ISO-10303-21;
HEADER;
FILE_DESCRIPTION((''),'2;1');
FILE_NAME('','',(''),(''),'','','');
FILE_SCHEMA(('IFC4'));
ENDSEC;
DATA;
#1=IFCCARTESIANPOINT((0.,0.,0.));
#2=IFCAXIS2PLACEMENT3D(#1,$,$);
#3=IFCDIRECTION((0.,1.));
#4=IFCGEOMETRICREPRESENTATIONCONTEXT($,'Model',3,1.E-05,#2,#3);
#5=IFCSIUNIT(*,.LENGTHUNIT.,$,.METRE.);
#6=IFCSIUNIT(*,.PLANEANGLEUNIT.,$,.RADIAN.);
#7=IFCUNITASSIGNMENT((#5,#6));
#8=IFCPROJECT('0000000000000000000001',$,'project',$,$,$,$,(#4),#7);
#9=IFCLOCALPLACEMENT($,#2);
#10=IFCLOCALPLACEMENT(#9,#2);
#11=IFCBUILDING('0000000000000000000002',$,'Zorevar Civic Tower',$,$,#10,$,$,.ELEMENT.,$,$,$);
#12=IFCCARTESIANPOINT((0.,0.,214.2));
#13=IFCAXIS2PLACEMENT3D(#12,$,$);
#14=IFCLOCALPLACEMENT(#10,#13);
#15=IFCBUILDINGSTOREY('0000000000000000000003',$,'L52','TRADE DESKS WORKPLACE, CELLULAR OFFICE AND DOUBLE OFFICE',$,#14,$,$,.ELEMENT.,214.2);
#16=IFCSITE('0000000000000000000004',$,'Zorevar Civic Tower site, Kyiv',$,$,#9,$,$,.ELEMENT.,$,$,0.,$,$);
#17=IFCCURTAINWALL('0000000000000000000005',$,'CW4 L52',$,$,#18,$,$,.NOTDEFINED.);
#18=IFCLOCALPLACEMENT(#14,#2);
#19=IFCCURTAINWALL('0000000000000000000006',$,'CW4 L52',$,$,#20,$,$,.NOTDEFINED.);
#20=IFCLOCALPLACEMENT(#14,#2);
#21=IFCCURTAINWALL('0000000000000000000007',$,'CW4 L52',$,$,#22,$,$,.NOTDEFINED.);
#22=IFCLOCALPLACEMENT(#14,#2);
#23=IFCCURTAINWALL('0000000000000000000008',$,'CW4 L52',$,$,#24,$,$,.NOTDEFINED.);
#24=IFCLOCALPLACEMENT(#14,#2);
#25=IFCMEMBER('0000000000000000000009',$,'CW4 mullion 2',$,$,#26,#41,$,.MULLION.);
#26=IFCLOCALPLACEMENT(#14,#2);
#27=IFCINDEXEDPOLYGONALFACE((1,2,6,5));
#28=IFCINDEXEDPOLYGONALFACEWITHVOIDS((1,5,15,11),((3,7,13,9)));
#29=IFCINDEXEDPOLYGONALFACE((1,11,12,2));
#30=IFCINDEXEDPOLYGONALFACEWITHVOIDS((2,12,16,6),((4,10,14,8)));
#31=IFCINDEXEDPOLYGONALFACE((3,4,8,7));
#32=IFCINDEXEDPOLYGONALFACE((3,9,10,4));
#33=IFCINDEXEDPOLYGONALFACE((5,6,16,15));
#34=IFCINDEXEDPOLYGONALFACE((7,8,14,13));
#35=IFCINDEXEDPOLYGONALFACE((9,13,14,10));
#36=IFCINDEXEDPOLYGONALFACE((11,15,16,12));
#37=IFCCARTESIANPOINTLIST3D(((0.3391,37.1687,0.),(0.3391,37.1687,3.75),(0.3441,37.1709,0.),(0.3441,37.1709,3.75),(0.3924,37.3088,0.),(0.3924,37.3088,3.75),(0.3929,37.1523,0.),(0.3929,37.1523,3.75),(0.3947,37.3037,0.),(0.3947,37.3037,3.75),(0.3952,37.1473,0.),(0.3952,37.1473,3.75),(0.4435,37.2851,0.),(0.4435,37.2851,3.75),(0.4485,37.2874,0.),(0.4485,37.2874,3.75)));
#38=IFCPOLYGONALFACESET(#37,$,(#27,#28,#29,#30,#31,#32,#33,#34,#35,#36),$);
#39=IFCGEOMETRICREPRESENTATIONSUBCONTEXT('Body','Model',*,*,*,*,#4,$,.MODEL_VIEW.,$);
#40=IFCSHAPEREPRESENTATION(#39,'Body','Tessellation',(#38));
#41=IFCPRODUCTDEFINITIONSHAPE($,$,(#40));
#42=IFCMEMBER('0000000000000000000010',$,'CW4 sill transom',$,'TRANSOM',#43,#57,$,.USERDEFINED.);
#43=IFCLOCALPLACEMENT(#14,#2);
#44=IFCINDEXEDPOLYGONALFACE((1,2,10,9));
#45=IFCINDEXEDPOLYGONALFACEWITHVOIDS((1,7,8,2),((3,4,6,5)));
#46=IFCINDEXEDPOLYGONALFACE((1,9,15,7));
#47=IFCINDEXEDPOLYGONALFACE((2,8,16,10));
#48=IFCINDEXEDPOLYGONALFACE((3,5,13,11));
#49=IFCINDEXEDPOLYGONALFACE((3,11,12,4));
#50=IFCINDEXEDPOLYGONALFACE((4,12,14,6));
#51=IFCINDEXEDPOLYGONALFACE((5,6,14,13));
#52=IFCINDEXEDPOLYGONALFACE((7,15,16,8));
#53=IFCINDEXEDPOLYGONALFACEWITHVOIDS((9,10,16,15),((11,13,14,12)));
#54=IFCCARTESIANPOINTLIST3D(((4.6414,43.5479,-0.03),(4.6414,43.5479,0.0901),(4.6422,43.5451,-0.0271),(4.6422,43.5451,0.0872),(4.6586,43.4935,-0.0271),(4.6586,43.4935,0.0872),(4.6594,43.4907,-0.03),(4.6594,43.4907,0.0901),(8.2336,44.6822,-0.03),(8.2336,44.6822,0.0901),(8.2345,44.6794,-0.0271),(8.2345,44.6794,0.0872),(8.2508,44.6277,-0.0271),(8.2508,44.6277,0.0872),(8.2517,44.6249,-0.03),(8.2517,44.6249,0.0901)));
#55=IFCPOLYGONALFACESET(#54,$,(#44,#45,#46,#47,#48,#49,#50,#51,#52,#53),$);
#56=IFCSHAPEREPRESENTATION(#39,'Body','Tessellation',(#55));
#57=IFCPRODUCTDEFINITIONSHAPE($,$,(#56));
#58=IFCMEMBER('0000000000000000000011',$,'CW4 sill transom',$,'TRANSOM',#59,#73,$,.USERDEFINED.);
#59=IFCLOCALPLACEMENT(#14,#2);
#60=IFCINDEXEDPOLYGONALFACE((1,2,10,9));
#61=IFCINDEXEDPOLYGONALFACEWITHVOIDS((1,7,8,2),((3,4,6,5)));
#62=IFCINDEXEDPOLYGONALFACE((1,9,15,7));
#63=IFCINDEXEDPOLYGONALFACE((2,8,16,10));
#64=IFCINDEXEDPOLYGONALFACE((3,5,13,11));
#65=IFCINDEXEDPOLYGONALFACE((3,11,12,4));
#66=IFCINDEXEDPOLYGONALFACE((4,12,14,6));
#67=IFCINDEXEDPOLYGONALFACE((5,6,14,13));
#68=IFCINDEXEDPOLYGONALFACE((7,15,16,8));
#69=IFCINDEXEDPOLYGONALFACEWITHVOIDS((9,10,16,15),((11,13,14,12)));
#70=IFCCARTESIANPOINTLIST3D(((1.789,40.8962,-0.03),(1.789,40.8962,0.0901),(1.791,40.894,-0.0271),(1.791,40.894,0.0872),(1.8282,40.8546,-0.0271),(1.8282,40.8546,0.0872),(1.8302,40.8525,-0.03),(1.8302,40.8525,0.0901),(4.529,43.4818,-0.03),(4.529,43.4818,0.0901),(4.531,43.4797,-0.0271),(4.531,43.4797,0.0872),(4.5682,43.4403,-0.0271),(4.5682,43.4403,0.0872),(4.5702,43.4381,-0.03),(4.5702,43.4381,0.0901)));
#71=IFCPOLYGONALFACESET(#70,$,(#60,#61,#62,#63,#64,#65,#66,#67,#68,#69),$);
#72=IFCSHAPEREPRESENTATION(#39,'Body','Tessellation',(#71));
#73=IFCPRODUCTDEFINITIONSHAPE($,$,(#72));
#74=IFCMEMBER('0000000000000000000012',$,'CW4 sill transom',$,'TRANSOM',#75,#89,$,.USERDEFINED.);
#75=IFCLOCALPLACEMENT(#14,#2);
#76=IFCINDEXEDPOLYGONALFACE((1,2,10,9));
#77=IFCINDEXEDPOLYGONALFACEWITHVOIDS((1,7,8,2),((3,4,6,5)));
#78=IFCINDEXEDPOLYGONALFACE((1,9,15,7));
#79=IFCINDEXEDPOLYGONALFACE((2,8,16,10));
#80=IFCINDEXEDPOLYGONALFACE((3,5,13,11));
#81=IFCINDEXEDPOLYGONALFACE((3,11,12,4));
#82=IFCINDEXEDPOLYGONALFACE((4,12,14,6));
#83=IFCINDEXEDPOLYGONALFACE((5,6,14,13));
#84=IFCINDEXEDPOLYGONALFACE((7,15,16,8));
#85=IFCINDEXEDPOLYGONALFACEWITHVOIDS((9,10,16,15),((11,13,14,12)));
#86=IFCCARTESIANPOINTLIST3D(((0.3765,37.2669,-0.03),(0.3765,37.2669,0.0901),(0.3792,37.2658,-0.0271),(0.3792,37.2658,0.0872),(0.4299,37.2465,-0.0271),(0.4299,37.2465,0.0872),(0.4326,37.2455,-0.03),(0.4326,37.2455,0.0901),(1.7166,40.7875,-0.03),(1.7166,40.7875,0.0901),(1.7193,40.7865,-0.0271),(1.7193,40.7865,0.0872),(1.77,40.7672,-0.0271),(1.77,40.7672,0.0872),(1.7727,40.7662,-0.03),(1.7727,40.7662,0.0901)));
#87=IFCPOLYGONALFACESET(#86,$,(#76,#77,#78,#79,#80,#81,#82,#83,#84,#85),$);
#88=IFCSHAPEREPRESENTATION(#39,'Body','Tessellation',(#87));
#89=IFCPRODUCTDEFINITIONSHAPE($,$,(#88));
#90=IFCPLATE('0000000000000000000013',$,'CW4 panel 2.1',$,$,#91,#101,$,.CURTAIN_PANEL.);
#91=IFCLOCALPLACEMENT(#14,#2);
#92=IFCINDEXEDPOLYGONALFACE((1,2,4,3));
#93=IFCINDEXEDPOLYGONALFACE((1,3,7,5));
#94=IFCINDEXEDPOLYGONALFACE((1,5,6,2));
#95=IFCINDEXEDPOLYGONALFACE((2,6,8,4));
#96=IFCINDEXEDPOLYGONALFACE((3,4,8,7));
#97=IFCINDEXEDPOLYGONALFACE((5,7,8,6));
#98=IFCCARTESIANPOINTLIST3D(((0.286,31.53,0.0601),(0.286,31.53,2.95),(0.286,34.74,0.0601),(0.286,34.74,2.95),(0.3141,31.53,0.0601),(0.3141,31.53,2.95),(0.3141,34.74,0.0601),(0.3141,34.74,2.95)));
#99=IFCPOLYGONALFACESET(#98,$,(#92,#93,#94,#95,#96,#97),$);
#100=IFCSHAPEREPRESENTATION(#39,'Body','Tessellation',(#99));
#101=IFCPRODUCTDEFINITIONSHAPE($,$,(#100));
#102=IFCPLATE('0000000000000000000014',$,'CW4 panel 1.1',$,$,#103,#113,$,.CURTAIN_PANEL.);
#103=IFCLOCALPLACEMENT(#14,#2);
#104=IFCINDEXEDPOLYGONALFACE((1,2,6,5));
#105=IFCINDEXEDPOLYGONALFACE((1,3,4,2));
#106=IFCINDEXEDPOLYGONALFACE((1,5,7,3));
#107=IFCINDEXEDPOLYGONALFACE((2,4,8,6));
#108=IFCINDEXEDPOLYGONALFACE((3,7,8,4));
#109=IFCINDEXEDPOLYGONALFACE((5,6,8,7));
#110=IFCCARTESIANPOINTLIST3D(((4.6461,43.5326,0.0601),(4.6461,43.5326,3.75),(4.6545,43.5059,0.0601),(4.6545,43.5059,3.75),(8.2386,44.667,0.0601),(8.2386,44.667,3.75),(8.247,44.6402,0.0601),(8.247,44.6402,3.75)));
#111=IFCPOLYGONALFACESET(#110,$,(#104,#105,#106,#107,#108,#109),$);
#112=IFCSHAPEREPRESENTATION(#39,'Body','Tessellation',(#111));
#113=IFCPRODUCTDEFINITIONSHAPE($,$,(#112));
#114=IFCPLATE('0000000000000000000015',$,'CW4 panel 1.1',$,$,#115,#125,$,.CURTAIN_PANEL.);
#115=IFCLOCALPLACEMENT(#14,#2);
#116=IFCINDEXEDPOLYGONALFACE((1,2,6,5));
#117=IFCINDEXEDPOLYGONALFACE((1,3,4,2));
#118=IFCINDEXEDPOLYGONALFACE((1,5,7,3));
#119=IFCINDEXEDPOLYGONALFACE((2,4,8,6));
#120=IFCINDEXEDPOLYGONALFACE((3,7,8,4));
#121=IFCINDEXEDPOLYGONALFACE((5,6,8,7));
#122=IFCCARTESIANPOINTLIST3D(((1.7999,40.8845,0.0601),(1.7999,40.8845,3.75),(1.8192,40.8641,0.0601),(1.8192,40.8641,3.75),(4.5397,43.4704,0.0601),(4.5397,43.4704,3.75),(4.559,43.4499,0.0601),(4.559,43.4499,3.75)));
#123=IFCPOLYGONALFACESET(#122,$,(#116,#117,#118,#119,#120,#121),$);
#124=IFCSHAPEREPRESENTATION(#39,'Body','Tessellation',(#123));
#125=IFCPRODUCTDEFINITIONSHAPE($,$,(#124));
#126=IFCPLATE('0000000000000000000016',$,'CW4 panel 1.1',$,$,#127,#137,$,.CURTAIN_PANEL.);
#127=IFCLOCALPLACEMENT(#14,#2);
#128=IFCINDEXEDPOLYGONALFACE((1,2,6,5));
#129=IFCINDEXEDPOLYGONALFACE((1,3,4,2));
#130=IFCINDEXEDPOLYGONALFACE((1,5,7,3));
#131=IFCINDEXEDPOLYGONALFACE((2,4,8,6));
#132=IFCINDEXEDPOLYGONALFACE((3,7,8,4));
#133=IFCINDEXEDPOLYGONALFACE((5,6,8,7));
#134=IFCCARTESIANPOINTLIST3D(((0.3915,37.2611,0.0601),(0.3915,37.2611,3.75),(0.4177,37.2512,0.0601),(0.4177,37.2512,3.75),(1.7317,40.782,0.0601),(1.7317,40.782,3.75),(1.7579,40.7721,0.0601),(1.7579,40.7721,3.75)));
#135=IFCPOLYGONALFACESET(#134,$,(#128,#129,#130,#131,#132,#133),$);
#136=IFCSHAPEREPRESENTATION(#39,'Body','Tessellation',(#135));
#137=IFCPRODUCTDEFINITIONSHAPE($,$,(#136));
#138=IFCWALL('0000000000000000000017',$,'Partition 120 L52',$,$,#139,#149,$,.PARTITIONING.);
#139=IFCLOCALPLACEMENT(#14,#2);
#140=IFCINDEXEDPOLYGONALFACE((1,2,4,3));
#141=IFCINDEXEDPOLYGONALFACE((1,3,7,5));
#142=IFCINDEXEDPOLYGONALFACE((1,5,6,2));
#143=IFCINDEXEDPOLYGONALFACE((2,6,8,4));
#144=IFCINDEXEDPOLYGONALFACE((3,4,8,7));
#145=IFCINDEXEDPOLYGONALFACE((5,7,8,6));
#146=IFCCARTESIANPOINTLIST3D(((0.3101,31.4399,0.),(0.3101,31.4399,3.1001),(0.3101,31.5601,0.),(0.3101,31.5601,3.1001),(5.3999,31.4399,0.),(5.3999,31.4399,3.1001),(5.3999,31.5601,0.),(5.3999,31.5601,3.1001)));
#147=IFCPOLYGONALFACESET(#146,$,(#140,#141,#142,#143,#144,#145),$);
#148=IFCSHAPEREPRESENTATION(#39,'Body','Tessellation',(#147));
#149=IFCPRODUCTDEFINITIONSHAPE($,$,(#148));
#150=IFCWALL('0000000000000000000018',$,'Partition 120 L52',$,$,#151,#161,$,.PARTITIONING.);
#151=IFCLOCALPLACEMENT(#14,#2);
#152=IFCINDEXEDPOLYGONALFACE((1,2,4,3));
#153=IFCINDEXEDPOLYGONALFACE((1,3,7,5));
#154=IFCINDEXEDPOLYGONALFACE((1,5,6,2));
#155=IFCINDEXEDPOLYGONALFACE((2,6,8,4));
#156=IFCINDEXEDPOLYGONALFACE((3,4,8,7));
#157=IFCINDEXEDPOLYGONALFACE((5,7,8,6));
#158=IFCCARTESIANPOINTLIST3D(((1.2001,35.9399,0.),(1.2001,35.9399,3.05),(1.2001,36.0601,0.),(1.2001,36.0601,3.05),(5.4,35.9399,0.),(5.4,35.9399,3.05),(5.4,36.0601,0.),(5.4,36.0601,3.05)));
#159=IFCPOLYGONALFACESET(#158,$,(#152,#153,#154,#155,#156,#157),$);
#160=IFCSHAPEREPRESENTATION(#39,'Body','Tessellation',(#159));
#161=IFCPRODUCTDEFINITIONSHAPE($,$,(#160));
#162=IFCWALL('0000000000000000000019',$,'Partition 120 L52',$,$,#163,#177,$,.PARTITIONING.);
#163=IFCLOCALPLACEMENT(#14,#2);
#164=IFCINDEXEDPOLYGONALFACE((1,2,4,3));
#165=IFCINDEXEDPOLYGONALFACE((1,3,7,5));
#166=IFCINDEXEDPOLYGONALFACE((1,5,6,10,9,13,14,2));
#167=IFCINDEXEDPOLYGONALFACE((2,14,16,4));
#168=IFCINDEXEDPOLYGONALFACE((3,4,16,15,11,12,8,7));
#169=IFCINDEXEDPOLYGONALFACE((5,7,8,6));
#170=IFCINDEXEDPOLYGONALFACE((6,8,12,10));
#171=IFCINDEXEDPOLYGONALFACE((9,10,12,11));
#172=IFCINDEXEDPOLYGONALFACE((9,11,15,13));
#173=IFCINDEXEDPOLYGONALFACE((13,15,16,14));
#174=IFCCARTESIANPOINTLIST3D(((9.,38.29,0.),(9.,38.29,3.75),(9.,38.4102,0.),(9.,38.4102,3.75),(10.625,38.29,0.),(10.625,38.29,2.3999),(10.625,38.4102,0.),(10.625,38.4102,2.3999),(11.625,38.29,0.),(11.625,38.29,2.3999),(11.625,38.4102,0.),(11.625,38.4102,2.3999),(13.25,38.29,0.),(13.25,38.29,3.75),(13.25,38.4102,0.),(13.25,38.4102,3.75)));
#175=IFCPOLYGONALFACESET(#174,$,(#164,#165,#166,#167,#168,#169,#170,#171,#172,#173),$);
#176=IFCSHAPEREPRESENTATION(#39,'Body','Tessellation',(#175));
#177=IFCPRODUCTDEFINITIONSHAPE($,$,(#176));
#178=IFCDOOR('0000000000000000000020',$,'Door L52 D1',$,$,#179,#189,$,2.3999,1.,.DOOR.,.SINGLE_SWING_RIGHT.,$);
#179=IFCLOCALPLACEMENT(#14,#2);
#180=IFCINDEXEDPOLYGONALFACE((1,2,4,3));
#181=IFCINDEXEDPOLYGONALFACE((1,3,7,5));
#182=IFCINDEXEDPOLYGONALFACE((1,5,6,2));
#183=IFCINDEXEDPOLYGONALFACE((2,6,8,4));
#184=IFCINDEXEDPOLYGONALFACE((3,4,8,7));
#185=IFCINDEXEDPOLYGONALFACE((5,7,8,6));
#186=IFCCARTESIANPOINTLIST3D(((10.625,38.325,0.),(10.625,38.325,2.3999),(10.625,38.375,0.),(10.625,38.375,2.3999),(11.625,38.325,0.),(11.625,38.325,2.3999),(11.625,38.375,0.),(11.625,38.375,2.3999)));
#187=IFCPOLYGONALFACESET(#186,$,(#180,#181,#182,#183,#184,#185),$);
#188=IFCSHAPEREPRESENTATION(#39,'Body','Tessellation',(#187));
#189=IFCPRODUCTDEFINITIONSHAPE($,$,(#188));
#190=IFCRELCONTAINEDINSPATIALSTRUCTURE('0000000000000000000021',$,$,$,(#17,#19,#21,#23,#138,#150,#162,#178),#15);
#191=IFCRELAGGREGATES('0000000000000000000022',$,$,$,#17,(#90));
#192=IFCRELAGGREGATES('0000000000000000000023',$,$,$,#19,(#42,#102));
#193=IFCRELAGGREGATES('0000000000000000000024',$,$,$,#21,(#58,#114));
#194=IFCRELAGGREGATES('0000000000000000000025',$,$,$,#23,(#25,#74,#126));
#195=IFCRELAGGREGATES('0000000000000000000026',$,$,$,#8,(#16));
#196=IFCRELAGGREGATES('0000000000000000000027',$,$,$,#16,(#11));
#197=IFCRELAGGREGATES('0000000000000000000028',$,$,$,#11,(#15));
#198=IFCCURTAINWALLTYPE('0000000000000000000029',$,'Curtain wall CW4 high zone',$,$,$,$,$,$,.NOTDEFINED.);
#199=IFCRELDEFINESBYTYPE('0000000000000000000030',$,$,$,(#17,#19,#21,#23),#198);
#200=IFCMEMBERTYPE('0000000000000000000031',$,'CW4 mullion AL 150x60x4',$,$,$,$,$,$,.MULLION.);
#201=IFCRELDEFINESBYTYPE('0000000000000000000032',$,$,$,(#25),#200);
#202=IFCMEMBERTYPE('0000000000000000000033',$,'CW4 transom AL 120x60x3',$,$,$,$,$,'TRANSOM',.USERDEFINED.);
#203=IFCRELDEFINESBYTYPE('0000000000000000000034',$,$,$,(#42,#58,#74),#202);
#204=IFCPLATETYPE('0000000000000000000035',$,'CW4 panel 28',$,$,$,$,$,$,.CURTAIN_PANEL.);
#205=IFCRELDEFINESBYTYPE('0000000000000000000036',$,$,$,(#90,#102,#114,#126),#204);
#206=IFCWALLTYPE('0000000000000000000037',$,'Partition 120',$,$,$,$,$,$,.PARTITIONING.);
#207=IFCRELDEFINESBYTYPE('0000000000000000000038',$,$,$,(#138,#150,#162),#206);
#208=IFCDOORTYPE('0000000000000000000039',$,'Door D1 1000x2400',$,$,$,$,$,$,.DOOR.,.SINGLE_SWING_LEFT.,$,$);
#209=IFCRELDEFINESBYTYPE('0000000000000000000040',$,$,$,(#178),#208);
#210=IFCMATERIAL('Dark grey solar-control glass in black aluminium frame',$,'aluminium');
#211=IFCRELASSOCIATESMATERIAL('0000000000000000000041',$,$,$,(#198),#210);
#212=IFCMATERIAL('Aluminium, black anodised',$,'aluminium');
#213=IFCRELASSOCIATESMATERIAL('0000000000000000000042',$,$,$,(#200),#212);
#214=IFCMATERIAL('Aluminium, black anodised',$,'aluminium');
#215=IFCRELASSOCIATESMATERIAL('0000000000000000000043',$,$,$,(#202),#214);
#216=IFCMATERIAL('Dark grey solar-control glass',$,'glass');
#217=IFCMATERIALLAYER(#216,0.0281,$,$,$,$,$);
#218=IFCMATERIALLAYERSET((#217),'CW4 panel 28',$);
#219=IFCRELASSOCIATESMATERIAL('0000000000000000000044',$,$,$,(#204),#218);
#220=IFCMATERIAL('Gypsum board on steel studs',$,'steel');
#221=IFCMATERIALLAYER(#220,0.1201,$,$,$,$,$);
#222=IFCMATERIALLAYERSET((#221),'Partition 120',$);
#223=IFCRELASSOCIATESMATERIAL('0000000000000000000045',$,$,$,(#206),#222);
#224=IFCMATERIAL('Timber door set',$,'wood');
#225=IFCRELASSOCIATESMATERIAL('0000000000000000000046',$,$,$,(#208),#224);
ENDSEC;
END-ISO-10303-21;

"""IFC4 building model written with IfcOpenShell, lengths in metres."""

from ifc_helpers import new_model, si_unit, direction, frame, frame_2d, origin, origin_2d, place, context, subcontext, project, spatial, rectangle, hollow_rectangle, extrude, material, layer, layer_set, material_profile, profile_set, type_object, element, fill, aggregate, save


model = new_model("IFC4")

# Units and contexts
model_context = context("Model", 3, precision=1e-05, world=origin(), true_north=direction((0.0, 1.0)))
body_context = subcontext(model_context, "Body", "Model", "MODEL_VIEW")
ifc_project = project(units=[si_unit("LENGTHUNIT", "METRE"), si_unit("PLANEANGLEUNIT", "RADIAN")], contexts=[model_context])

# Site, building, storey
site_placement = place(None, origin())
site = spatial("IfcSite", under=ifc_project, at=site_placement, Name="Zorevar Civic Tower site, Kyiv", CompositionType="ELEMENT", RefElevation=0.0)
building_placement = place(site_placement, origin())
building = spatial("IfcBuilding", under=site, at=building_placement, Name="Zorevar Civic Tower", CompositionType="ELEMENT")
storey_placement = place(building_placement, frame((0.0, 0.0, 214.2)))
storey = spatial("IfcBuildingStorey", under=building, at=storey_placement, Name="L52", Description="TRADE DESKS WORKPLACE, CELLULAR OFFICE AND DOUBLE OFFICE", CompositionType="ELEMENT", Elevation=214.2)

# Curtain wall
ifc_material_1 = material(Name="Dark grey solar-control glass in black aluminium frame", Category="aluminium")
curtain_wall_type = type_object("IfcCurtainWallType", Name="Curtain wall CW4 high zone", PredefinedType="NOTDEFINED", material=ifc_material_1)
curtain_wall_1_placement = place(storey_placement, origin())
curtain_wall_1 = element("IfcCurtainWall", 1, at=curtain_wall_1_placement, inside=storey, type_object=curtain_wall_type, Name="CW4 L52", PredefinedType="NOTDEFINED")
ifc_material_2 = material(Name="Aluminium, black anodised", Category="aluminium")
ifc_material_profile_1 = material_profile(ifc_material_2, hollow_rectangle(XDim=0.0601, YDim=0.1499, WallThickness=0.0039, at=origin_2d()), Name="AL 150x60x4")
ifc_profile_set_1 = profile_set([ifc_material_profile_1], Name="Aluminium, black anodised")
member_type_1 = type_object("IfcMemberType", Name="CW4 mullion AL 150x60x4", PredefinedType="MULLION", material=ifc_profile_set_1)

# Curtain walls, member
curtain_wall_2_placement = place(storey_placement, origin())
curtain_wall_2 = element("IfcCurtainWall", 2, at=curtain_wall_2_placement, inside=storey, type_object=curtain_wall_type, Name="CW4 L52", PredefinedType="NOTDEFINED")
curtain_wall_3_placement = place(storey_placement, origin())
curtain_wall_3 = element("IfcCurtainWall", 3, at=curtain_wall_3_placement, inside=storey, type_object=curtain_wall_type, Name="CW4 L52", PredefinedType="NOTDEFINED")
curtain_wall_4_placement = place(storey_placement, origin())
curtain_wall_4 = element("IfcCurtainWall", 4, at=curtain_wall_4_placement, inside=storey, type_object=curtain_wall_type, Name="CW4 L52", PredefinedType="NOTDEFINED")
member_1_placement = place(storey_placement, frame((0.3938, 37.228, 0.0), z_axis=(0.0, 0.0, 1.0), x_axis=(0.934588, -0.355731, 0.0)))
member_1 = element("IfcMember", 5, at=member_1_placement, type_object=member_type_1, Name="CW4 mullion 2", PredefinedType="MULLION", context=body_context, shape_type="SweptSolid", body=[
    extrude(hollow_rectangle(XDim=0.0601, YDim=0.1499, WallThickness=0.0039, at=origin_2d()), origin(), (0.0, 0.0, 1.0), 3.75),
])

# Members
ifc_material_3 = material(Name="Aluminium, black anodised", Category="aluminium")
ifc_material_profile_2 = material_profile(ifc_material_3, hollow_rectangle(XDim=0.0601, YDim=0.1201, WallThickness=0.0029, at=origin_2d()), Name="AL 120x60x3")
ifc_profile_set_2 = profile_set([ifc_material_profile_2], Name="Aluminium, black anodised")
member_type_2 = type_object("IfcMemberType", Name="CW4 transom AL 120x60x3", ElementType="TRANSOM", PredefinedType="USERDEFINED", material=ifc_profile_set_2)
member_2_placement = place(storey_placement, frame((8.2427, 44.6536, 0.03), z_axis=(-0.953592, -0.3011, 0.0), x_axis=(0.3011, -0.953592, 0.0)))
member_2 = element("IfcMember", 6, at=member_2_placement, type_object=member_type_2, Name="CW4 sill transom", ObjectType="TRANSOM", PredefinedType="USERDEFINED", context=body_context, shape_type="SweptSolid", body=[
    extrude(hollow_rectangle(XDim=0.0601, YDim=0.1201, WallThickness=0.0029, at=origin_2d()), origin(), (0.0, 0.0, 1.0), 3.7671),
])
member_3_placement = place(storey_placement, frame((4.5496, 43.46, 0.03), z_axis=(-0.727288, -0.686332, 0.0), x_axis=(0.686332, -0.727288, 0.0)))
member_3 = element("IfcMember", 7, at=member_3_placement, type_object=member_type_2, Name="CW4 sill transom", ObjectType="TRANSOM", PredefinedType="USERDEFINED", context=body_context, shape_type="SweptSolid", body=[
    extrude(hollow_rectangle(XDim=0.0601, YDim=0.1201, WallThickness=0.0029, at=origin_2d()), origin(), (0.0, 0.0, 1.0), 3.7673),
])
member_4_placement = place(storey_placement, frame((1.7446, 40.7769, 0.03), z_axis=(-0.355729, -0.934589, 0.0), x_axis=(0.934589, -0.355729, 0.0)))
member_4 = element("IfcMember", 8, at=member_4_placement, type_object=member_type_2, Name="CW4 sill transom", ObjectType="TRANSOM", PredefinedType="USERDEFINED", context=body_context, shape_type="SweptSolid", body=[
    extrude(hollow_rectangle(XDim=0.0601, YDim=0.1201, WallThickness=0.0029, at=origin_2d()), origin(), (0.0, 0.0, 1.0), 3.7671),
])

# Plates
ifc_material_4 = material(Name="Dark grey solar-control glass", Category="glass")
ifc_layer_1 = layer(ifc_material_4, 0.0281)
ifc_layer_set_1 = layer_set([ifc_layer_1], Name="CW4 panel 28")
plate_type = type_object("IfcPlateType", Name="CW4 panel 28", PredefinedType="CURTAIN_PANEL", material=ifc_layer_set_1)
plate_1_placement = place(storey_placement, frame((0.3, 33.135, 0.0601), z_axis=(0.0, 0.0, 1.0), x_axis=(0.0, 1.0, 0.0)))
plate_1 = element("IfcPlate", 9, at=plate_1_placement, type_object=plate_type, Name="CW4 panel 2.1", PredefinedType="CURTAIN_PANEL", context=body_context, shape_type="SweptSolid", body=[
    extrude(rectangle(XDim=3.21, YDim=0.0281, at=origin_2d()), origin(), (0.0, 0.0, 1.0), 2.8899),
])
aggregate(curtain_wall_1, [plate_1])
plate_2_placement = place(storey_placement, frame((6.4465, 44.0864, 0.0601), z_axis=(0.0, 0.0, 1.0), x_axis=(-0.95359, -0.301108, 0.0)))
plate_2 = element("IfcPlate", 10, at=plate_2_placement, type_object=plate_type, Name="CW4 panel 1.1", PredefinedType="CURTAIN_PANEL", context=body_context, shape_type="SweptSolid", body=[
    extrude(rectangle(XDim=3.7673, YDim=0.0281, at=origin_2d()), origin(), (0.0, 0.0, 1.0), 3.6899),
])
aggregate(curtain_wall_2, [member_2, plate_2])
plate_3_placement = place(storey_placement, frame((3.1794, 42.1672, 0.0601), z_axis=(0.0, 0.0, 1.0), x_axis=(-0.727245, -0.686378, 0.0)))
plate_3 = element("IfcPlate", 11, at=plate_3_placement, type_object=plate_type, Name="CW4 panel 1.1", PredefinedType="CURTAIN_PANEL", context=body_context, shape_type="SweptSolid", body=[
    extrude(rectangle(XDim=3.7673, YDim=0.0281, at=origin_2d()), origin(), (0.0, 0.0, 1.0), 3.6899),
])
aggregate(curtain_wall_3, [member_3, plate_3])
plate_4_placement = place(storey_placement, frame((1.0747, 39.0166, 0.0601), z_axis=(0.0, 0.0, 1.0), x_axis=(-0.355731, -0.934588, 0.0)))
plate_4 = element("IfcPlate", 12, at=plate_4_placement, type_object=plate_type, Name="CW4 panel 1.1", PredefinedType="CURTAIN_PANEL", context=body_context, shape_type="SweptSolid", body=[
    extrude(rectangle(XDim=3.7673, YDim=0.0281, at=origin_2d()), origin(), (0.0, 0.0, 1.0), 3.6899),
])
aggregate(curtain_wall_4, [member_1, member_4, plate_4])

# Walls
ifc_material_5 = material(Name="Gypsum board on steel studs", Category="steel")
ifc_layer_2 = layer(ifc_material_5, 0.1201)
ifc_layer_set_2 = layer_set([ifc_layer_2], Name="Partition 120")
wall_type = type_object("IfcWallType", Name="Partition 120", PredefinedType="PARTITIONING", material=ifc_layer_set_2)
wall_1_placement = place(storey_placement, frame((0.3101, 31.5, 0.0), z_axis=(0.0, 0.0, 1.0), x_axis=(1.0, 0.0, 0.0)))
element("IfcWall", 13, at=wall_1_placement, inside=storey, type_object=wall_type, Name="Partition 120 L52", PredefinedType="PARTITIONING", context=body_context, shape_type="SweptSolid", body=[
    extrude(rectangle(XDim=5.0898, YDim=0.1201, at=frame_2d((2.5449, 0.0))), origin(), (0.0, 0.0, 1.0), 3.1001),
])
wall_2_placement = place(storey_placement, frame((1.2, 36.0, 0.0), z_axis=(0.0, 0.0, 1.0), x_axis=(1.0, 0.0, 0.0)))
element("IfcWall", 14, at=wall_2_placement, inside=storey, type_object=wall_type, Name="Partition 120 L52", PredefinedType="PARTITIONING", context=body_context, shape_type="SweptSolid", body=[
    extrude(rectangle(XDim=4.2, YDim=0.1201, at=frame_2d((2.1001, 0.0))), origin(), (0.0, 0.0, 1.0), 3.05),
])

# Wall, opening, door
wall_3_placement = place(storey_placement, frame((9.0, 38.3501, 0.0), z_axis=(0.0, 0.0, 1.0), x_axis=(1.0, 0.0, 0.0)))
wall_3 = element("IfcWall", 15, at=wall_3_placement, inside=storey, type_object=wall_type, Name="Partition 120 L52", PredefinedType="PARTITIONING", context=body_context, shape_type="SweptSolid", body=[
    extrude(rectangle(XDim=4.25, YDim=0.1201, at=frame_2d((2.125, 0.0))), origin(), (0.0, 0.0, 1.0), 3.75),
])
opening_1_placement = place(wall_3_placement, frame((1.625, 0.0, 0.0)))
opening_1 = element("IfcOpeningElement", 16, at=opening_1_placement, cuts=wall_3, PredefinedType="OPENING", context=body_context, shape_type="SweptSolid", body=[
    extrude(rectangle(XDim=1.0, YDim=2.3999, at=frame_2d((0.5, 1.2))), frame((0.0, 0.0701, 0.0), z_axis=(0.0, -1.0, 0.0), x_axis=(1.0, 0.0, 0.0)), (0.0, 0.0, 1.0), 0.1401),
])
ifc_material_6 = material(Name="Timber door set", Category="wood")
door_type = type_object("IfcDoorType", Name="Door D1 1000x2400", OperationType="SINGLE_SWING_LEFT", PredefinedType="DOOR", material=ifc_material_6)
door_1_placement = place(opening_1_placement, origin())
door_1 = element("IfcDoor", 17, at=door_1_placement, inside=storey, type_object=door_type, Name="Door L52 D1", OperationType="SINGLE_SWING_RIGHT", OverallHeight=2.3999, OverallWidth=1.0, PredefinedType="DOOR", context=body_context, shape_type="SweptSolid", body=[
    extrude(rectangle(XDim=1.0, YDim=2.3999, at=frame_2d((0.5, 1.2))), frame((0.0, 0.0249, 0.0), z_axis=(0.0, -1.0, 0.0), x_axis=(1.0, 0.0, 0.0)), (0.0, 0.0, 1.0), 0.05),
])
fill(opening_1, door_1)

save(model, "model.ifc")
